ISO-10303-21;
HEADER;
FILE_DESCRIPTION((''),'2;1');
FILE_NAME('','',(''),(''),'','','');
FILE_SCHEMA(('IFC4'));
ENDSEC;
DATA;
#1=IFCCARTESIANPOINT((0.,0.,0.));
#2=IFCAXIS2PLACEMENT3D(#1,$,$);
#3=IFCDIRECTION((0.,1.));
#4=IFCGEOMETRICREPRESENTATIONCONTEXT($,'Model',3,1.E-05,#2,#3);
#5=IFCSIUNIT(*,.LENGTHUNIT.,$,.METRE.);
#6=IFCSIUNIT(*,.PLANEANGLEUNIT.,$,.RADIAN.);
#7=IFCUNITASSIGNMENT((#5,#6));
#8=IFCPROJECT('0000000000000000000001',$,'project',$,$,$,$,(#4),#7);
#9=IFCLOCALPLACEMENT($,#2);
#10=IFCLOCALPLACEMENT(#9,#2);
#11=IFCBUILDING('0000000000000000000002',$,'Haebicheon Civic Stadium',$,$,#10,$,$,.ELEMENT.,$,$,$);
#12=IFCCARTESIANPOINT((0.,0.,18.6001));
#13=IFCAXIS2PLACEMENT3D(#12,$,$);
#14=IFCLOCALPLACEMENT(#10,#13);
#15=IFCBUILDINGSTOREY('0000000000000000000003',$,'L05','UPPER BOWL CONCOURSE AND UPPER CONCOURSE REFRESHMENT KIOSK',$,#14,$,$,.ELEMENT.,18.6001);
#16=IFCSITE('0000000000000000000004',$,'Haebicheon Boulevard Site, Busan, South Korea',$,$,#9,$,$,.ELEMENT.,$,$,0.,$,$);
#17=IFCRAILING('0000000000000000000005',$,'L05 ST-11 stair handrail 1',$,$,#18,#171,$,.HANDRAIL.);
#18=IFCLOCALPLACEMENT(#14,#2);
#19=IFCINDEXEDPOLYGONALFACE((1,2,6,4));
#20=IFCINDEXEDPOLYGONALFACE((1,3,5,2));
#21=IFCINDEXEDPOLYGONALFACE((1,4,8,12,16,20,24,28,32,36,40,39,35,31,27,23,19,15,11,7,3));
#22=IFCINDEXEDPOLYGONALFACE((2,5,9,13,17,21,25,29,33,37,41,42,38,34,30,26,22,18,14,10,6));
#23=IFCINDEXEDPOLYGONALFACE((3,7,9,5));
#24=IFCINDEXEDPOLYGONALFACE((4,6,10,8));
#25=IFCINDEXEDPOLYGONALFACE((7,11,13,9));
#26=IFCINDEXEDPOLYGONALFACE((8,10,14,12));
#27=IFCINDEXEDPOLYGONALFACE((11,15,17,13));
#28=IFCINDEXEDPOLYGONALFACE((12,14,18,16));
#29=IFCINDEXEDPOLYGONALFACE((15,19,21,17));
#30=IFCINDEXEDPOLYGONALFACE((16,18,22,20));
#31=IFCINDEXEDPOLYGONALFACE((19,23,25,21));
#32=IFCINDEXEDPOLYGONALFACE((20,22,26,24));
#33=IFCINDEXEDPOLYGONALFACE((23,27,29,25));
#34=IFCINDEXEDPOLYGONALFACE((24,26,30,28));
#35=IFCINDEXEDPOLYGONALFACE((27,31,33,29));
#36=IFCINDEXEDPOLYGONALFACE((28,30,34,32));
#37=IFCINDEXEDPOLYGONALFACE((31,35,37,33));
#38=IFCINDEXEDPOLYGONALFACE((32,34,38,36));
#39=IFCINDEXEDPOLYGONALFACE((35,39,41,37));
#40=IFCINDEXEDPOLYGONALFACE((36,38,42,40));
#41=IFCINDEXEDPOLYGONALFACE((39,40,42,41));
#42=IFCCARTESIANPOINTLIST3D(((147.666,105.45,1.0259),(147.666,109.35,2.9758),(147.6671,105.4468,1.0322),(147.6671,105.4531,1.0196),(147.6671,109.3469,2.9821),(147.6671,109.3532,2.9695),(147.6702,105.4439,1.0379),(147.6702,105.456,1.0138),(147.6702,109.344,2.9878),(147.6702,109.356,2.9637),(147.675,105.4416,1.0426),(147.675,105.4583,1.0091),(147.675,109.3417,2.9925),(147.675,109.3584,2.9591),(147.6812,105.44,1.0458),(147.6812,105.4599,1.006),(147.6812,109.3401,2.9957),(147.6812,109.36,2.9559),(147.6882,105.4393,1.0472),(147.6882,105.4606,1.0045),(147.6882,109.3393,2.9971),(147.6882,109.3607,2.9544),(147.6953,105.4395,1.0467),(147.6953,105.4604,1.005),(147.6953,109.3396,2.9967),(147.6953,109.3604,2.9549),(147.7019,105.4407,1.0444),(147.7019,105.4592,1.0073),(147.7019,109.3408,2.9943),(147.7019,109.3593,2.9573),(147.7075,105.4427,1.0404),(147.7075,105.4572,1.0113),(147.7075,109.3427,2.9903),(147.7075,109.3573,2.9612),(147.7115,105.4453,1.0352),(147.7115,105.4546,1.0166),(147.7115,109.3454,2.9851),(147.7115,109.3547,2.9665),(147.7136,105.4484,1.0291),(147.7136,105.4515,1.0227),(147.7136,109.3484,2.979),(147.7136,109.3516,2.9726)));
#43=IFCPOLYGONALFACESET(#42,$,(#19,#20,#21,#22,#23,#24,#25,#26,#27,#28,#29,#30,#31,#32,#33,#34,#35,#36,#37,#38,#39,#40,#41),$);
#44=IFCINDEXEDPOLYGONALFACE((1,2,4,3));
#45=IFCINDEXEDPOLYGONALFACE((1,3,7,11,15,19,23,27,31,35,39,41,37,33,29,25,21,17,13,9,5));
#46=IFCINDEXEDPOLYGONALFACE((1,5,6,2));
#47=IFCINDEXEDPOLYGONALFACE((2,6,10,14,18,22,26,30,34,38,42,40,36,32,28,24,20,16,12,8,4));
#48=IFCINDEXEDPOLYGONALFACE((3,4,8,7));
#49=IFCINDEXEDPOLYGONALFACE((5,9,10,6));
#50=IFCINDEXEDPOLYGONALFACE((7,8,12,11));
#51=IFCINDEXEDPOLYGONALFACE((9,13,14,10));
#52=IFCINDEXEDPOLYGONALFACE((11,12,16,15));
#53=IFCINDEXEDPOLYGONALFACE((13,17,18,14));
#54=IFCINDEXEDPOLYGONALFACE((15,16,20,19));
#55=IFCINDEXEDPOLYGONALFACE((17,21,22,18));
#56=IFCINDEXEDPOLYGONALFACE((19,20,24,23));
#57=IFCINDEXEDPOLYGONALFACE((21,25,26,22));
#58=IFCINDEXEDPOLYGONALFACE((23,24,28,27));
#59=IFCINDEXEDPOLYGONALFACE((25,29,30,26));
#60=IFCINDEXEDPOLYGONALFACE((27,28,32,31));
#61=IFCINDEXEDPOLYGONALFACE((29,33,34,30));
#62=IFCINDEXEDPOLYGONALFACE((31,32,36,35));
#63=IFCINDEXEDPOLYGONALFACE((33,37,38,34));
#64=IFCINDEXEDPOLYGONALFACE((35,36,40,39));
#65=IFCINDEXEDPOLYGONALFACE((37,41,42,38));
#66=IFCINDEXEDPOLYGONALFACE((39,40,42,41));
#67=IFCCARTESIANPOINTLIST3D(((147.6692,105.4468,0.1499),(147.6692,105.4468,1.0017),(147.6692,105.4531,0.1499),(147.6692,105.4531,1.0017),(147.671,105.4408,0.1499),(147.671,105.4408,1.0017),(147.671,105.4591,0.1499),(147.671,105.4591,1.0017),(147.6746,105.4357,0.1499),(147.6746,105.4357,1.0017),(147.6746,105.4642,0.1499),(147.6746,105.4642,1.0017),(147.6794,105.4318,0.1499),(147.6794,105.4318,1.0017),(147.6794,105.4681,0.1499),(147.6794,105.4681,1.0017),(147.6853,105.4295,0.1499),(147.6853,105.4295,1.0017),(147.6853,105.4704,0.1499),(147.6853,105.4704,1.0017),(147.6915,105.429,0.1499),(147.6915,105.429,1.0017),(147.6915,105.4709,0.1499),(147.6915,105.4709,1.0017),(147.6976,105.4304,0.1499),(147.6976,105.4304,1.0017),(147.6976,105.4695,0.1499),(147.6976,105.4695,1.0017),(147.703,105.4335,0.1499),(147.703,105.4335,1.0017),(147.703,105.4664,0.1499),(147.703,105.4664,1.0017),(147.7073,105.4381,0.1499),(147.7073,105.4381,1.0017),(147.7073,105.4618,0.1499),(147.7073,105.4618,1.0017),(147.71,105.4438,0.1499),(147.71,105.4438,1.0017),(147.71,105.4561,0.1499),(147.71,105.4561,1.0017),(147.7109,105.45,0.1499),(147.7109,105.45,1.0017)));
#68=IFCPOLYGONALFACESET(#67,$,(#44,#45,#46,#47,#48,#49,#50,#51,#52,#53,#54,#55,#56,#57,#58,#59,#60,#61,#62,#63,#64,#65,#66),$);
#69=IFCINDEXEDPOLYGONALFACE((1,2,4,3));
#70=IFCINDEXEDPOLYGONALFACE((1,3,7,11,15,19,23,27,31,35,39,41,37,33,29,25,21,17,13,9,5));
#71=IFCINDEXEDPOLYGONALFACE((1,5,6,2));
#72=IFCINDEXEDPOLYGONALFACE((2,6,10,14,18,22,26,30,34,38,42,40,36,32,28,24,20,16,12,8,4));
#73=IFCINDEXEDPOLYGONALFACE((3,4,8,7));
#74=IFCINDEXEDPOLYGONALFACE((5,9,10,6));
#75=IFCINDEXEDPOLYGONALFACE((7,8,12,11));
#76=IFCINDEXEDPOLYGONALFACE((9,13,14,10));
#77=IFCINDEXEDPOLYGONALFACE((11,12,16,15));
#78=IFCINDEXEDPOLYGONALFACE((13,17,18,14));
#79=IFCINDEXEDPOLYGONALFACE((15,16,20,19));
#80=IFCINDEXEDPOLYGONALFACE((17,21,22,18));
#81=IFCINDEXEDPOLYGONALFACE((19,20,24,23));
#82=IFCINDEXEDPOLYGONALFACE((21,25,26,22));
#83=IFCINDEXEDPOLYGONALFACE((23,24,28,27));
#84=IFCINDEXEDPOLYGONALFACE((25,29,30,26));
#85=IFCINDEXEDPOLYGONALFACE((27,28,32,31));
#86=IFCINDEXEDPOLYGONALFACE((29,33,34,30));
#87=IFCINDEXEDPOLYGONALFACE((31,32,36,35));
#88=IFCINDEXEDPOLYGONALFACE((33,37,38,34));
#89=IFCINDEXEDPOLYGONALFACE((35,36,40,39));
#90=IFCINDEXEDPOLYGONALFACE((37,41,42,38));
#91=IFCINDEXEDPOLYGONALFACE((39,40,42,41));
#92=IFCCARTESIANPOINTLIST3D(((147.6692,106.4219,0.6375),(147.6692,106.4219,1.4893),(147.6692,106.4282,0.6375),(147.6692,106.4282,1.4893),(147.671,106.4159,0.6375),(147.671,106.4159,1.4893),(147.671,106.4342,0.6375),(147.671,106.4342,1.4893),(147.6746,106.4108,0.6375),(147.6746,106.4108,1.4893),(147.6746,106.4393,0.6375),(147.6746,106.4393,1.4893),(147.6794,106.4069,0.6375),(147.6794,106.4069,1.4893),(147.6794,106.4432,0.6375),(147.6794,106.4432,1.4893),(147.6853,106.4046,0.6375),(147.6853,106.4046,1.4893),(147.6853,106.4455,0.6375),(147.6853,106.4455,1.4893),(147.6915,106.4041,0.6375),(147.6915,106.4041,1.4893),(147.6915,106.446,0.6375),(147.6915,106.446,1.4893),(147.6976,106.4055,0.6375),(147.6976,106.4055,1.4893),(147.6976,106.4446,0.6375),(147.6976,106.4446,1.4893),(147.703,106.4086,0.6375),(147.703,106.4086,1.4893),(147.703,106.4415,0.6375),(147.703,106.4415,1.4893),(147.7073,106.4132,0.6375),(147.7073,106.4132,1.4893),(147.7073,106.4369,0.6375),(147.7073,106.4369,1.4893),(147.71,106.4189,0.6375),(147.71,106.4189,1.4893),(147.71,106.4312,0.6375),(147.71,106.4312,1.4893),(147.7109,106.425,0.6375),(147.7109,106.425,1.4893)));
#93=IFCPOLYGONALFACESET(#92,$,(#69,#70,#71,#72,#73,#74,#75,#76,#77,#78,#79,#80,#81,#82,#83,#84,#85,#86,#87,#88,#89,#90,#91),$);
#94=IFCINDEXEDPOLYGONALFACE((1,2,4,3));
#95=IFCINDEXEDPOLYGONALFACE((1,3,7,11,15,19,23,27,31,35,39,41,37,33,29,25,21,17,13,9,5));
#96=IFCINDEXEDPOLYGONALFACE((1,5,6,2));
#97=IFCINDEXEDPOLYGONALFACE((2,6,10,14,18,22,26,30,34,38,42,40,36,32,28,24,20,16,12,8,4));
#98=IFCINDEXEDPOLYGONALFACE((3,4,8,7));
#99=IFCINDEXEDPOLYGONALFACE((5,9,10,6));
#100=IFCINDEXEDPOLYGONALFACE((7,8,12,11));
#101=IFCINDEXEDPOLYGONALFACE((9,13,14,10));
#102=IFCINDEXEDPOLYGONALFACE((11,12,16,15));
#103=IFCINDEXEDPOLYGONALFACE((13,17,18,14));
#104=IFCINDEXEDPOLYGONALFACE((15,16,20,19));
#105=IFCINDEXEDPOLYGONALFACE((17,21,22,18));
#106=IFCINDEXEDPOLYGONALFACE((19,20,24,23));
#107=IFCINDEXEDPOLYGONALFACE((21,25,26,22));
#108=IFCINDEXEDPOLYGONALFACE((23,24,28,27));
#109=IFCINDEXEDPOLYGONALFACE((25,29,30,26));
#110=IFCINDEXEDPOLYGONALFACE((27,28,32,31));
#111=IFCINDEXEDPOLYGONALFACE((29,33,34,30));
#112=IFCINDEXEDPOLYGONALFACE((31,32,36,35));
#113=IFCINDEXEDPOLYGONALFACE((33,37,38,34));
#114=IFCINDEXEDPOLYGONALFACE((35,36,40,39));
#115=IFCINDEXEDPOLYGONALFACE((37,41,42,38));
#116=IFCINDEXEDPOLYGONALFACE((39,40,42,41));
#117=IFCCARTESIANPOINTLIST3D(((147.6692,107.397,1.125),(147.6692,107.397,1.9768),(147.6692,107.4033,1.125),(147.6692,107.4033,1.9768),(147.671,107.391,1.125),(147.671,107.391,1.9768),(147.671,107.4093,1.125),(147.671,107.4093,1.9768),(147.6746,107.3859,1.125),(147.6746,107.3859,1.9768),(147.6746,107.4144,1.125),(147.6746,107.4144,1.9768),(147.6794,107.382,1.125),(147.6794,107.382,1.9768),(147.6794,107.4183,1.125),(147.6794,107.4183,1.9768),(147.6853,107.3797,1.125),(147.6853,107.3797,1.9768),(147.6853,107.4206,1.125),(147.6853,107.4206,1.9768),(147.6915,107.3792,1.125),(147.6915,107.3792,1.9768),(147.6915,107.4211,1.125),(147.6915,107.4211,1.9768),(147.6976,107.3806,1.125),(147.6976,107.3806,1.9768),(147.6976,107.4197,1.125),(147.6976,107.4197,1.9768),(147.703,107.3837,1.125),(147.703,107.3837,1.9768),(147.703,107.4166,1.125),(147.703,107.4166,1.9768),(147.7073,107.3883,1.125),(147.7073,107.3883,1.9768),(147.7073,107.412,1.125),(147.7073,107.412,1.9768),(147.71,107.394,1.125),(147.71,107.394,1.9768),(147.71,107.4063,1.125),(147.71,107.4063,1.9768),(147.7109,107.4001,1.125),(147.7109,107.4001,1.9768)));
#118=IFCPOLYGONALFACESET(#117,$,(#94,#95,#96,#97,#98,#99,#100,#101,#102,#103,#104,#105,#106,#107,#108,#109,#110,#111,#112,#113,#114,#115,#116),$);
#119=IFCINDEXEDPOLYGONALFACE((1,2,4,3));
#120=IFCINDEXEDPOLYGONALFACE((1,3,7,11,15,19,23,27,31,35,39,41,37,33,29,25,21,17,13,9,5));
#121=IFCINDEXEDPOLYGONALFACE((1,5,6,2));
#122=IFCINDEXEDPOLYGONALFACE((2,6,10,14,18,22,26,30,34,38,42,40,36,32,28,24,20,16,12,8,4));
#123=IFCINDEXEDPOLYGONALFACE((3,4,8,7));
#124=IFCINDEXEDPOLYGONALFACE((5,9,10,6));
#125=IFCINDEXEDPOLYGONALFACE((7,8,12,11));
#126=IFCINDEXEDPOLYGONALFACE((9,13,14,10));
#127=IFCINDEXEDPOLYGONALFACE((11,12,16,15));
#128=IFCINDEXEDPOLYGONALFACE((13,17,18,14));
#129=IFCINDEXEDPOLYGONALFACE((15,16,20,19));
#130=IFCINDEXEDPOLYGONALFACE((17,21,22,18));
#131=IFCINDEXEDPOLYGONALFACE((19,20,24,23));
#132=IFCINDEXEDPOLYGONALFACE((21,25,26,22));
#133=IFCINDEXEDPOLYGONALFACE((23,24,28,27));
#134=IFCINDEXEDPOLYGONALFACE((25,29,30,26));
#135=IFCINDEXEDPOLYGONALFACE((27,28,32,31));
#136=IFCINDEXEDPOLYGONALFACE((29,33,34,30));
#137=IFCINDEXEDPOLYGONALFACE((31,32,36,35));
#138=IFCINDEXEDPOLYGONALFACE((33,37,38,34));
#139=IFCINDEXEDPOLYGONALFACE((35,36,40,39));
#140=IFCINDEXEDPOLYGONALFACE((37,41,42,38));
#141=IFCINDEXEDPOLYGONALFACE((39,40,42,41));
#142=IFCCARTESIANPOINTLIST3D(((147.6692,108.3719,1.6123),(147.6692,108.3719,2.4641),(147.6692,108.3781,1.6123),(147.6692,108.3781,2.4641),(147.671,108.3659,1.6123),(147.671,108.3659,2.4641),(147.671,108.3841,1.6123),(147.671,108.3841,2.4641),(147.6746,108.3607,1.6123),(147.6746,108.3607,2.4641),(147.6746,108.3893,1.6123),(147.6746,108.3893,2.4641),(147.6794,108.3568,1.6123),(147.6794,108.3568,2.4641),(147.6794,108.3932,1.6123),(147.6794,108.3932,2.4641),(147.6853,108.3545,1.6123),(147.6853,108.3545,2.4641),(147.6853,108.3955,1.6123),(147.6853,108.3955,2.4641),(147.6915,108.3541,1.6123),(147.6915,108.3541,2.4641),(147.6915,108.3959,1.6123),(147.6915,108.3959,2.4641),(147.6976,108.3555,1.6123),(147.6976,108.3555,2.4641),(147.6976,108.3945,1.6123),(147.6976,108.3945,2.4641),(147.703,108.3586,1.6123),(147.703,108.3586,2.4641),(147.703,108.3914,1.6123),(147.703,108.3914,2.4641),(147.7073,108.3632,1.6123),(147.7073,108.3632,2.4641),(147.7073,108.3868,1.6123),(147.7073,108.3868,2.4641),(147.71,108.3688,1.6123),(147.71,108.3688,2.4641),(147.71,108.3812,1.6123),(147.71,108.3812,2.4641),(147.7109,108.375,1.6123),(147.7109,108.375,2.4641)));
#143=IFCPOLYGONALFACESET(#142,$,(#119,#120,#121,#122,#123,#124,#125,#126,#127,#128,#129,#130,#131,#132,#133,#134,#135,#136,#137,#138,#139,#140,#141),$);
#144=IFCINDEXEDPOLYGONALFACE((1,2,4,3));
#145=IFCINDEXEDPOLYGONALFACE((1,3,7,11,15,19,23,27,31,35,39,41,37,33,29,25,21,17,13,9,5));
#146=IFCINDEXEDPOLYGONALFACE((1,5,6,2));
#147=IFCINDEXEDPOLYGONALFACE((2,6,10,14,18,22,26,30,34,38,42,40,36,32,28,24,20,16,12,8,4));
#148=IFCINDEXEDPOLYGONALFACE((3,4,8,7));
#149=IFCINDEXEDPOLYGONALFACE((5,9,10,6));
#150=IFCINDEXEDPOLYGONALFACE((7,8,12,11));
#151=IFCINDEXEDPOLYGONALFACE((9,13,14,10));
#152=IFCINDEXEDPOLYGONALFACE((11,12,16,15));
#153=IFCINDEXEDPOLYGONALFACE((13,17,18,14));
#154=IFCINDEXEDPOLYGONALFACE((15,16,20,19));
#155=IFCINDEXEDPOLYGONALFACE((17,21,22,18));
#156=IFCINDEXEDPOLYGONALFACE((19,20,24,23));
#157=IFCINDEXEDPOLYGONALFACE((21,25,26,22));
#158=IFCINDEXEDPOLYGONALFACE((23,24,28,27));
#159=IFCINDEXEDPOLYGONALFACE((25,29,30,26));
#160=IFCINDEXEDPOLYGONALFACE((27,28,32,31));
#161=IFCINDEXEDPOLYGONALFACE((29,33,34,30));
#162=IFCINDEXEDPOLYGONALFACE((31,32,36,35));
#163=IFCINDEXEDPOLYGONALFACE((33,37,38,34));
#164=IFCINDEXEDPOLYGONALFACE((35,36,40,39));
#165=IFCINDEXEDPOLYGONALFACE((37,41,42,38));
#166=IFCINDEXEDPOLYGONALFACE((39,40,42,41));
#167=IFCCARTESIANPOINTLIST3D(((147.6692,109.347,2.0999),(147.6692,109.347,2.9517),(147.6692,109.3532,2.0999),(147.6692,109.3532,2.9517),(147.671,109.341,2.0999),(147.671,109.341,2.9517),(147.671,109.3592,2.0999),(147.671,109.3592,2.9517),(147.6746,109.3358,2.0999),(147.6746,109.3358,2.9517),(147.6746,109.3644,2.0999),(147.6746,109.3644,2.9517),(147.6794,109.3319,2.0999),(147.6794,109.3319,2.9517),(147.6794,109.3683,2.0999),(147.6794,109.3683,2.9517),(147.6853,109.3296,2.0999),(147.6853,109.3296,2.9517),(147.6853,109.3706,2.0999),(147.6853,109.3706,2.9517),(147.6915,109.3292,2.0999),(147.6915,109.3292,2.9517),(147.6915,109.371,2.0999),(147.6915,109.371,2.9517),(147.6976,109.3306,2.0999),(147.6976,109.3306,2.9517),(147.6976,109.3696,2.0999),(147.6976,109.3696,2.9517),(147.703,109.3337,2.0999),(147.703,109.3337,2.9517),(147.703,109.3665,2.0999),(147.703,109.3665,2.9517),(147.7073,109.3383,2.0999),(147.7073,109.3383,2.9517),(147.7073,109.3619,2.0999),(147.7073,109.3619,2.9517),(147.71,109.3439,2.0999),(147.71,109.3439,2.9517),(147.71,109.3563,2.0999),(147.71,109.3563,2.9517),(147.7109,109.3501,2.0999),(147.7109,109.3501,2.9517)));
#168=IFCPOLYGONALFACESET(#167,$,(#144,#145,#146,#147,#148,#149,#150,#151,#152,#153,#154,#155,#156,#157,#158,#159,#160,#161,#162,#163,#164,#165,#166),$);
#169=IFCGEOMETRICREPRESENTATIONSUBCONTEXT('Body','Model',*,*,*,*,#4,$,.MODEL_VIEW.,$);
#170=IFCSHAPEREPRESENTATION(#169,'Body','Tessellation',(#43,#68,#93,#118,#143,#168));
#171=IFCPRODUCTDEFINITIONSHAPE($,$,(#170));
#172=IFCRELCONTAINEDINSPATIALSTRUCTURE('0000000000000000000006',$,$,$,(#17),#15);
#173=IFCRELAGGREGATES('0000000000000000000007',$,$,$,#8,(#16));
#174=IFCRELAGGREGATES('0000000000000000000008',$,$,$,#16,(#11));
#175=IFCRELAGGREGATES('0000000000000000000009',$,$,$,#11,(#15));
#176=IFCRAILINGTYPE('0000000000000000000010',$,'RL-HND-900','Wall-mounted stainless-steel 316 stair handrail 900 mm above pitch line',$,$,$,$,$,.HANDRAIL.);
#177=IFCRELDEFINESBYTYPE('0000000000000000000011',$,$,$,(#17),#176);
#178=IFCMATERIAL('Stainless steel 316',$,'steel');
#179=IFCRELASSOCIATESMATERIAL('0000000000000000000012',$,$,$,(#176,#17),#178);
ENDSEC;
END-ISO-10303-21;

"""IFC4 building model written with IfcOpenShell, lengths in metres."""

from ifc_helpers import new_model, si_unit, direction, frame, origin, origin_2d, place, context, subcontext, project, spatial, circle, extrude, material, type_object, element, save


model = new_model("IFC4")

# Units and contexts
model_context = context("Model", 3, precision=1e-05, world=origin(), true_north=direction((0.0, 1.0)))
body_context = subcontext(model_context, "Body", "Model", "MODEL_VIEW")
ifc_project = project(units=[si_unit("LENGTHUNIT", "METRE"), si_unit("PLANEANGLEUNIT", "RADIAN")], contexts=[model_context])

# Site, building, storey
site_placement = place(None, origin())
site = spatial("IfcSite", under=ifc_project, at=site_placement, Name="Haebicheon Boulevard Site, Busan, South Korea", CompositionType="ELEMENT", RefElevation=0.0)
building_placement = place(site_placement, origin())
building = spatial("IfcBuilding", under=site, at=building_placement, Name="Haebicheon Civic Stadium", CompositionType="ELEMENT")
storey_placement = place(building_placement, frame((0.0, 0.0, 18.6001)))
storey = spatial("IfcBuildingStorey", under=building, at=storey_placement, Name="L05", Description="UPPER BOWL CONCOURSE AND UPPER CONCOURSE REFRESHMENT KIOSK", CompositionType="ELEMENT", Elevation=18.6001)

# Railing
ifc_material_1 = material(Name="Stainless steel 316", Category="steel")
railing_type_1 = type_object("IfcRailingType", Name="RL-HND-900", Description="Wall-mounted stainless-steel 316 stair handrail 900 mm above pitch line", PredefinedType="HANDRAIL", material=ifc_material_1)
railing_1_placement = place(storey_placement, frame((147.6899, 105.45, 0.1499)))
element("IfcRailing", 1, at=railing_1_placement, inside=storey, type_object=railing_type_1, material=ifc_material_1, Name="L05 ST-11 stair handrail 1", PredefinedType="HANDRAIL", context=body_context, shape_type="SweptSolid", body=[
    extrude(circle(Radius=0.0239, at=origin_2d()), frame((0.0, 0.0, 0.876), z_axis=(0.0, 0.894438, 0.447191), x_axis=(-1.0, 0.0, 0.0)), (0.0, 0.0, 1.0), 4.3604),
    extrude(circle(Radius=0.021, at=origin_2d()), origin(), (0.0, 0.0, 1.0), 0.8518),
    extrude(circle(Radius=0.021, at=origin_2d()), frame((0.0, 0.9751, 0.4875)), (0.0, 0.0, 1.0), 0.8518),
    extrude(circle(Radius=0.021, at=origin_2d()), frame((0.0, 1.9502, 0.9751)), (0.0, 0.0, 1.0), 0.8518),
    extrude(circle(Radius=0.021, at=origin_2d()), frame((0.0, 2.925, 1.4624)), (0.0, 0.0, 1.0), 0.8518),
    extrude(circle(Radius=0.021, at=origin_2d()), frame((0.0, 3.9001, 1.95)), (0.0, 0.0, 1.0), 0.8518),
])

save(model, "model.ifc")
